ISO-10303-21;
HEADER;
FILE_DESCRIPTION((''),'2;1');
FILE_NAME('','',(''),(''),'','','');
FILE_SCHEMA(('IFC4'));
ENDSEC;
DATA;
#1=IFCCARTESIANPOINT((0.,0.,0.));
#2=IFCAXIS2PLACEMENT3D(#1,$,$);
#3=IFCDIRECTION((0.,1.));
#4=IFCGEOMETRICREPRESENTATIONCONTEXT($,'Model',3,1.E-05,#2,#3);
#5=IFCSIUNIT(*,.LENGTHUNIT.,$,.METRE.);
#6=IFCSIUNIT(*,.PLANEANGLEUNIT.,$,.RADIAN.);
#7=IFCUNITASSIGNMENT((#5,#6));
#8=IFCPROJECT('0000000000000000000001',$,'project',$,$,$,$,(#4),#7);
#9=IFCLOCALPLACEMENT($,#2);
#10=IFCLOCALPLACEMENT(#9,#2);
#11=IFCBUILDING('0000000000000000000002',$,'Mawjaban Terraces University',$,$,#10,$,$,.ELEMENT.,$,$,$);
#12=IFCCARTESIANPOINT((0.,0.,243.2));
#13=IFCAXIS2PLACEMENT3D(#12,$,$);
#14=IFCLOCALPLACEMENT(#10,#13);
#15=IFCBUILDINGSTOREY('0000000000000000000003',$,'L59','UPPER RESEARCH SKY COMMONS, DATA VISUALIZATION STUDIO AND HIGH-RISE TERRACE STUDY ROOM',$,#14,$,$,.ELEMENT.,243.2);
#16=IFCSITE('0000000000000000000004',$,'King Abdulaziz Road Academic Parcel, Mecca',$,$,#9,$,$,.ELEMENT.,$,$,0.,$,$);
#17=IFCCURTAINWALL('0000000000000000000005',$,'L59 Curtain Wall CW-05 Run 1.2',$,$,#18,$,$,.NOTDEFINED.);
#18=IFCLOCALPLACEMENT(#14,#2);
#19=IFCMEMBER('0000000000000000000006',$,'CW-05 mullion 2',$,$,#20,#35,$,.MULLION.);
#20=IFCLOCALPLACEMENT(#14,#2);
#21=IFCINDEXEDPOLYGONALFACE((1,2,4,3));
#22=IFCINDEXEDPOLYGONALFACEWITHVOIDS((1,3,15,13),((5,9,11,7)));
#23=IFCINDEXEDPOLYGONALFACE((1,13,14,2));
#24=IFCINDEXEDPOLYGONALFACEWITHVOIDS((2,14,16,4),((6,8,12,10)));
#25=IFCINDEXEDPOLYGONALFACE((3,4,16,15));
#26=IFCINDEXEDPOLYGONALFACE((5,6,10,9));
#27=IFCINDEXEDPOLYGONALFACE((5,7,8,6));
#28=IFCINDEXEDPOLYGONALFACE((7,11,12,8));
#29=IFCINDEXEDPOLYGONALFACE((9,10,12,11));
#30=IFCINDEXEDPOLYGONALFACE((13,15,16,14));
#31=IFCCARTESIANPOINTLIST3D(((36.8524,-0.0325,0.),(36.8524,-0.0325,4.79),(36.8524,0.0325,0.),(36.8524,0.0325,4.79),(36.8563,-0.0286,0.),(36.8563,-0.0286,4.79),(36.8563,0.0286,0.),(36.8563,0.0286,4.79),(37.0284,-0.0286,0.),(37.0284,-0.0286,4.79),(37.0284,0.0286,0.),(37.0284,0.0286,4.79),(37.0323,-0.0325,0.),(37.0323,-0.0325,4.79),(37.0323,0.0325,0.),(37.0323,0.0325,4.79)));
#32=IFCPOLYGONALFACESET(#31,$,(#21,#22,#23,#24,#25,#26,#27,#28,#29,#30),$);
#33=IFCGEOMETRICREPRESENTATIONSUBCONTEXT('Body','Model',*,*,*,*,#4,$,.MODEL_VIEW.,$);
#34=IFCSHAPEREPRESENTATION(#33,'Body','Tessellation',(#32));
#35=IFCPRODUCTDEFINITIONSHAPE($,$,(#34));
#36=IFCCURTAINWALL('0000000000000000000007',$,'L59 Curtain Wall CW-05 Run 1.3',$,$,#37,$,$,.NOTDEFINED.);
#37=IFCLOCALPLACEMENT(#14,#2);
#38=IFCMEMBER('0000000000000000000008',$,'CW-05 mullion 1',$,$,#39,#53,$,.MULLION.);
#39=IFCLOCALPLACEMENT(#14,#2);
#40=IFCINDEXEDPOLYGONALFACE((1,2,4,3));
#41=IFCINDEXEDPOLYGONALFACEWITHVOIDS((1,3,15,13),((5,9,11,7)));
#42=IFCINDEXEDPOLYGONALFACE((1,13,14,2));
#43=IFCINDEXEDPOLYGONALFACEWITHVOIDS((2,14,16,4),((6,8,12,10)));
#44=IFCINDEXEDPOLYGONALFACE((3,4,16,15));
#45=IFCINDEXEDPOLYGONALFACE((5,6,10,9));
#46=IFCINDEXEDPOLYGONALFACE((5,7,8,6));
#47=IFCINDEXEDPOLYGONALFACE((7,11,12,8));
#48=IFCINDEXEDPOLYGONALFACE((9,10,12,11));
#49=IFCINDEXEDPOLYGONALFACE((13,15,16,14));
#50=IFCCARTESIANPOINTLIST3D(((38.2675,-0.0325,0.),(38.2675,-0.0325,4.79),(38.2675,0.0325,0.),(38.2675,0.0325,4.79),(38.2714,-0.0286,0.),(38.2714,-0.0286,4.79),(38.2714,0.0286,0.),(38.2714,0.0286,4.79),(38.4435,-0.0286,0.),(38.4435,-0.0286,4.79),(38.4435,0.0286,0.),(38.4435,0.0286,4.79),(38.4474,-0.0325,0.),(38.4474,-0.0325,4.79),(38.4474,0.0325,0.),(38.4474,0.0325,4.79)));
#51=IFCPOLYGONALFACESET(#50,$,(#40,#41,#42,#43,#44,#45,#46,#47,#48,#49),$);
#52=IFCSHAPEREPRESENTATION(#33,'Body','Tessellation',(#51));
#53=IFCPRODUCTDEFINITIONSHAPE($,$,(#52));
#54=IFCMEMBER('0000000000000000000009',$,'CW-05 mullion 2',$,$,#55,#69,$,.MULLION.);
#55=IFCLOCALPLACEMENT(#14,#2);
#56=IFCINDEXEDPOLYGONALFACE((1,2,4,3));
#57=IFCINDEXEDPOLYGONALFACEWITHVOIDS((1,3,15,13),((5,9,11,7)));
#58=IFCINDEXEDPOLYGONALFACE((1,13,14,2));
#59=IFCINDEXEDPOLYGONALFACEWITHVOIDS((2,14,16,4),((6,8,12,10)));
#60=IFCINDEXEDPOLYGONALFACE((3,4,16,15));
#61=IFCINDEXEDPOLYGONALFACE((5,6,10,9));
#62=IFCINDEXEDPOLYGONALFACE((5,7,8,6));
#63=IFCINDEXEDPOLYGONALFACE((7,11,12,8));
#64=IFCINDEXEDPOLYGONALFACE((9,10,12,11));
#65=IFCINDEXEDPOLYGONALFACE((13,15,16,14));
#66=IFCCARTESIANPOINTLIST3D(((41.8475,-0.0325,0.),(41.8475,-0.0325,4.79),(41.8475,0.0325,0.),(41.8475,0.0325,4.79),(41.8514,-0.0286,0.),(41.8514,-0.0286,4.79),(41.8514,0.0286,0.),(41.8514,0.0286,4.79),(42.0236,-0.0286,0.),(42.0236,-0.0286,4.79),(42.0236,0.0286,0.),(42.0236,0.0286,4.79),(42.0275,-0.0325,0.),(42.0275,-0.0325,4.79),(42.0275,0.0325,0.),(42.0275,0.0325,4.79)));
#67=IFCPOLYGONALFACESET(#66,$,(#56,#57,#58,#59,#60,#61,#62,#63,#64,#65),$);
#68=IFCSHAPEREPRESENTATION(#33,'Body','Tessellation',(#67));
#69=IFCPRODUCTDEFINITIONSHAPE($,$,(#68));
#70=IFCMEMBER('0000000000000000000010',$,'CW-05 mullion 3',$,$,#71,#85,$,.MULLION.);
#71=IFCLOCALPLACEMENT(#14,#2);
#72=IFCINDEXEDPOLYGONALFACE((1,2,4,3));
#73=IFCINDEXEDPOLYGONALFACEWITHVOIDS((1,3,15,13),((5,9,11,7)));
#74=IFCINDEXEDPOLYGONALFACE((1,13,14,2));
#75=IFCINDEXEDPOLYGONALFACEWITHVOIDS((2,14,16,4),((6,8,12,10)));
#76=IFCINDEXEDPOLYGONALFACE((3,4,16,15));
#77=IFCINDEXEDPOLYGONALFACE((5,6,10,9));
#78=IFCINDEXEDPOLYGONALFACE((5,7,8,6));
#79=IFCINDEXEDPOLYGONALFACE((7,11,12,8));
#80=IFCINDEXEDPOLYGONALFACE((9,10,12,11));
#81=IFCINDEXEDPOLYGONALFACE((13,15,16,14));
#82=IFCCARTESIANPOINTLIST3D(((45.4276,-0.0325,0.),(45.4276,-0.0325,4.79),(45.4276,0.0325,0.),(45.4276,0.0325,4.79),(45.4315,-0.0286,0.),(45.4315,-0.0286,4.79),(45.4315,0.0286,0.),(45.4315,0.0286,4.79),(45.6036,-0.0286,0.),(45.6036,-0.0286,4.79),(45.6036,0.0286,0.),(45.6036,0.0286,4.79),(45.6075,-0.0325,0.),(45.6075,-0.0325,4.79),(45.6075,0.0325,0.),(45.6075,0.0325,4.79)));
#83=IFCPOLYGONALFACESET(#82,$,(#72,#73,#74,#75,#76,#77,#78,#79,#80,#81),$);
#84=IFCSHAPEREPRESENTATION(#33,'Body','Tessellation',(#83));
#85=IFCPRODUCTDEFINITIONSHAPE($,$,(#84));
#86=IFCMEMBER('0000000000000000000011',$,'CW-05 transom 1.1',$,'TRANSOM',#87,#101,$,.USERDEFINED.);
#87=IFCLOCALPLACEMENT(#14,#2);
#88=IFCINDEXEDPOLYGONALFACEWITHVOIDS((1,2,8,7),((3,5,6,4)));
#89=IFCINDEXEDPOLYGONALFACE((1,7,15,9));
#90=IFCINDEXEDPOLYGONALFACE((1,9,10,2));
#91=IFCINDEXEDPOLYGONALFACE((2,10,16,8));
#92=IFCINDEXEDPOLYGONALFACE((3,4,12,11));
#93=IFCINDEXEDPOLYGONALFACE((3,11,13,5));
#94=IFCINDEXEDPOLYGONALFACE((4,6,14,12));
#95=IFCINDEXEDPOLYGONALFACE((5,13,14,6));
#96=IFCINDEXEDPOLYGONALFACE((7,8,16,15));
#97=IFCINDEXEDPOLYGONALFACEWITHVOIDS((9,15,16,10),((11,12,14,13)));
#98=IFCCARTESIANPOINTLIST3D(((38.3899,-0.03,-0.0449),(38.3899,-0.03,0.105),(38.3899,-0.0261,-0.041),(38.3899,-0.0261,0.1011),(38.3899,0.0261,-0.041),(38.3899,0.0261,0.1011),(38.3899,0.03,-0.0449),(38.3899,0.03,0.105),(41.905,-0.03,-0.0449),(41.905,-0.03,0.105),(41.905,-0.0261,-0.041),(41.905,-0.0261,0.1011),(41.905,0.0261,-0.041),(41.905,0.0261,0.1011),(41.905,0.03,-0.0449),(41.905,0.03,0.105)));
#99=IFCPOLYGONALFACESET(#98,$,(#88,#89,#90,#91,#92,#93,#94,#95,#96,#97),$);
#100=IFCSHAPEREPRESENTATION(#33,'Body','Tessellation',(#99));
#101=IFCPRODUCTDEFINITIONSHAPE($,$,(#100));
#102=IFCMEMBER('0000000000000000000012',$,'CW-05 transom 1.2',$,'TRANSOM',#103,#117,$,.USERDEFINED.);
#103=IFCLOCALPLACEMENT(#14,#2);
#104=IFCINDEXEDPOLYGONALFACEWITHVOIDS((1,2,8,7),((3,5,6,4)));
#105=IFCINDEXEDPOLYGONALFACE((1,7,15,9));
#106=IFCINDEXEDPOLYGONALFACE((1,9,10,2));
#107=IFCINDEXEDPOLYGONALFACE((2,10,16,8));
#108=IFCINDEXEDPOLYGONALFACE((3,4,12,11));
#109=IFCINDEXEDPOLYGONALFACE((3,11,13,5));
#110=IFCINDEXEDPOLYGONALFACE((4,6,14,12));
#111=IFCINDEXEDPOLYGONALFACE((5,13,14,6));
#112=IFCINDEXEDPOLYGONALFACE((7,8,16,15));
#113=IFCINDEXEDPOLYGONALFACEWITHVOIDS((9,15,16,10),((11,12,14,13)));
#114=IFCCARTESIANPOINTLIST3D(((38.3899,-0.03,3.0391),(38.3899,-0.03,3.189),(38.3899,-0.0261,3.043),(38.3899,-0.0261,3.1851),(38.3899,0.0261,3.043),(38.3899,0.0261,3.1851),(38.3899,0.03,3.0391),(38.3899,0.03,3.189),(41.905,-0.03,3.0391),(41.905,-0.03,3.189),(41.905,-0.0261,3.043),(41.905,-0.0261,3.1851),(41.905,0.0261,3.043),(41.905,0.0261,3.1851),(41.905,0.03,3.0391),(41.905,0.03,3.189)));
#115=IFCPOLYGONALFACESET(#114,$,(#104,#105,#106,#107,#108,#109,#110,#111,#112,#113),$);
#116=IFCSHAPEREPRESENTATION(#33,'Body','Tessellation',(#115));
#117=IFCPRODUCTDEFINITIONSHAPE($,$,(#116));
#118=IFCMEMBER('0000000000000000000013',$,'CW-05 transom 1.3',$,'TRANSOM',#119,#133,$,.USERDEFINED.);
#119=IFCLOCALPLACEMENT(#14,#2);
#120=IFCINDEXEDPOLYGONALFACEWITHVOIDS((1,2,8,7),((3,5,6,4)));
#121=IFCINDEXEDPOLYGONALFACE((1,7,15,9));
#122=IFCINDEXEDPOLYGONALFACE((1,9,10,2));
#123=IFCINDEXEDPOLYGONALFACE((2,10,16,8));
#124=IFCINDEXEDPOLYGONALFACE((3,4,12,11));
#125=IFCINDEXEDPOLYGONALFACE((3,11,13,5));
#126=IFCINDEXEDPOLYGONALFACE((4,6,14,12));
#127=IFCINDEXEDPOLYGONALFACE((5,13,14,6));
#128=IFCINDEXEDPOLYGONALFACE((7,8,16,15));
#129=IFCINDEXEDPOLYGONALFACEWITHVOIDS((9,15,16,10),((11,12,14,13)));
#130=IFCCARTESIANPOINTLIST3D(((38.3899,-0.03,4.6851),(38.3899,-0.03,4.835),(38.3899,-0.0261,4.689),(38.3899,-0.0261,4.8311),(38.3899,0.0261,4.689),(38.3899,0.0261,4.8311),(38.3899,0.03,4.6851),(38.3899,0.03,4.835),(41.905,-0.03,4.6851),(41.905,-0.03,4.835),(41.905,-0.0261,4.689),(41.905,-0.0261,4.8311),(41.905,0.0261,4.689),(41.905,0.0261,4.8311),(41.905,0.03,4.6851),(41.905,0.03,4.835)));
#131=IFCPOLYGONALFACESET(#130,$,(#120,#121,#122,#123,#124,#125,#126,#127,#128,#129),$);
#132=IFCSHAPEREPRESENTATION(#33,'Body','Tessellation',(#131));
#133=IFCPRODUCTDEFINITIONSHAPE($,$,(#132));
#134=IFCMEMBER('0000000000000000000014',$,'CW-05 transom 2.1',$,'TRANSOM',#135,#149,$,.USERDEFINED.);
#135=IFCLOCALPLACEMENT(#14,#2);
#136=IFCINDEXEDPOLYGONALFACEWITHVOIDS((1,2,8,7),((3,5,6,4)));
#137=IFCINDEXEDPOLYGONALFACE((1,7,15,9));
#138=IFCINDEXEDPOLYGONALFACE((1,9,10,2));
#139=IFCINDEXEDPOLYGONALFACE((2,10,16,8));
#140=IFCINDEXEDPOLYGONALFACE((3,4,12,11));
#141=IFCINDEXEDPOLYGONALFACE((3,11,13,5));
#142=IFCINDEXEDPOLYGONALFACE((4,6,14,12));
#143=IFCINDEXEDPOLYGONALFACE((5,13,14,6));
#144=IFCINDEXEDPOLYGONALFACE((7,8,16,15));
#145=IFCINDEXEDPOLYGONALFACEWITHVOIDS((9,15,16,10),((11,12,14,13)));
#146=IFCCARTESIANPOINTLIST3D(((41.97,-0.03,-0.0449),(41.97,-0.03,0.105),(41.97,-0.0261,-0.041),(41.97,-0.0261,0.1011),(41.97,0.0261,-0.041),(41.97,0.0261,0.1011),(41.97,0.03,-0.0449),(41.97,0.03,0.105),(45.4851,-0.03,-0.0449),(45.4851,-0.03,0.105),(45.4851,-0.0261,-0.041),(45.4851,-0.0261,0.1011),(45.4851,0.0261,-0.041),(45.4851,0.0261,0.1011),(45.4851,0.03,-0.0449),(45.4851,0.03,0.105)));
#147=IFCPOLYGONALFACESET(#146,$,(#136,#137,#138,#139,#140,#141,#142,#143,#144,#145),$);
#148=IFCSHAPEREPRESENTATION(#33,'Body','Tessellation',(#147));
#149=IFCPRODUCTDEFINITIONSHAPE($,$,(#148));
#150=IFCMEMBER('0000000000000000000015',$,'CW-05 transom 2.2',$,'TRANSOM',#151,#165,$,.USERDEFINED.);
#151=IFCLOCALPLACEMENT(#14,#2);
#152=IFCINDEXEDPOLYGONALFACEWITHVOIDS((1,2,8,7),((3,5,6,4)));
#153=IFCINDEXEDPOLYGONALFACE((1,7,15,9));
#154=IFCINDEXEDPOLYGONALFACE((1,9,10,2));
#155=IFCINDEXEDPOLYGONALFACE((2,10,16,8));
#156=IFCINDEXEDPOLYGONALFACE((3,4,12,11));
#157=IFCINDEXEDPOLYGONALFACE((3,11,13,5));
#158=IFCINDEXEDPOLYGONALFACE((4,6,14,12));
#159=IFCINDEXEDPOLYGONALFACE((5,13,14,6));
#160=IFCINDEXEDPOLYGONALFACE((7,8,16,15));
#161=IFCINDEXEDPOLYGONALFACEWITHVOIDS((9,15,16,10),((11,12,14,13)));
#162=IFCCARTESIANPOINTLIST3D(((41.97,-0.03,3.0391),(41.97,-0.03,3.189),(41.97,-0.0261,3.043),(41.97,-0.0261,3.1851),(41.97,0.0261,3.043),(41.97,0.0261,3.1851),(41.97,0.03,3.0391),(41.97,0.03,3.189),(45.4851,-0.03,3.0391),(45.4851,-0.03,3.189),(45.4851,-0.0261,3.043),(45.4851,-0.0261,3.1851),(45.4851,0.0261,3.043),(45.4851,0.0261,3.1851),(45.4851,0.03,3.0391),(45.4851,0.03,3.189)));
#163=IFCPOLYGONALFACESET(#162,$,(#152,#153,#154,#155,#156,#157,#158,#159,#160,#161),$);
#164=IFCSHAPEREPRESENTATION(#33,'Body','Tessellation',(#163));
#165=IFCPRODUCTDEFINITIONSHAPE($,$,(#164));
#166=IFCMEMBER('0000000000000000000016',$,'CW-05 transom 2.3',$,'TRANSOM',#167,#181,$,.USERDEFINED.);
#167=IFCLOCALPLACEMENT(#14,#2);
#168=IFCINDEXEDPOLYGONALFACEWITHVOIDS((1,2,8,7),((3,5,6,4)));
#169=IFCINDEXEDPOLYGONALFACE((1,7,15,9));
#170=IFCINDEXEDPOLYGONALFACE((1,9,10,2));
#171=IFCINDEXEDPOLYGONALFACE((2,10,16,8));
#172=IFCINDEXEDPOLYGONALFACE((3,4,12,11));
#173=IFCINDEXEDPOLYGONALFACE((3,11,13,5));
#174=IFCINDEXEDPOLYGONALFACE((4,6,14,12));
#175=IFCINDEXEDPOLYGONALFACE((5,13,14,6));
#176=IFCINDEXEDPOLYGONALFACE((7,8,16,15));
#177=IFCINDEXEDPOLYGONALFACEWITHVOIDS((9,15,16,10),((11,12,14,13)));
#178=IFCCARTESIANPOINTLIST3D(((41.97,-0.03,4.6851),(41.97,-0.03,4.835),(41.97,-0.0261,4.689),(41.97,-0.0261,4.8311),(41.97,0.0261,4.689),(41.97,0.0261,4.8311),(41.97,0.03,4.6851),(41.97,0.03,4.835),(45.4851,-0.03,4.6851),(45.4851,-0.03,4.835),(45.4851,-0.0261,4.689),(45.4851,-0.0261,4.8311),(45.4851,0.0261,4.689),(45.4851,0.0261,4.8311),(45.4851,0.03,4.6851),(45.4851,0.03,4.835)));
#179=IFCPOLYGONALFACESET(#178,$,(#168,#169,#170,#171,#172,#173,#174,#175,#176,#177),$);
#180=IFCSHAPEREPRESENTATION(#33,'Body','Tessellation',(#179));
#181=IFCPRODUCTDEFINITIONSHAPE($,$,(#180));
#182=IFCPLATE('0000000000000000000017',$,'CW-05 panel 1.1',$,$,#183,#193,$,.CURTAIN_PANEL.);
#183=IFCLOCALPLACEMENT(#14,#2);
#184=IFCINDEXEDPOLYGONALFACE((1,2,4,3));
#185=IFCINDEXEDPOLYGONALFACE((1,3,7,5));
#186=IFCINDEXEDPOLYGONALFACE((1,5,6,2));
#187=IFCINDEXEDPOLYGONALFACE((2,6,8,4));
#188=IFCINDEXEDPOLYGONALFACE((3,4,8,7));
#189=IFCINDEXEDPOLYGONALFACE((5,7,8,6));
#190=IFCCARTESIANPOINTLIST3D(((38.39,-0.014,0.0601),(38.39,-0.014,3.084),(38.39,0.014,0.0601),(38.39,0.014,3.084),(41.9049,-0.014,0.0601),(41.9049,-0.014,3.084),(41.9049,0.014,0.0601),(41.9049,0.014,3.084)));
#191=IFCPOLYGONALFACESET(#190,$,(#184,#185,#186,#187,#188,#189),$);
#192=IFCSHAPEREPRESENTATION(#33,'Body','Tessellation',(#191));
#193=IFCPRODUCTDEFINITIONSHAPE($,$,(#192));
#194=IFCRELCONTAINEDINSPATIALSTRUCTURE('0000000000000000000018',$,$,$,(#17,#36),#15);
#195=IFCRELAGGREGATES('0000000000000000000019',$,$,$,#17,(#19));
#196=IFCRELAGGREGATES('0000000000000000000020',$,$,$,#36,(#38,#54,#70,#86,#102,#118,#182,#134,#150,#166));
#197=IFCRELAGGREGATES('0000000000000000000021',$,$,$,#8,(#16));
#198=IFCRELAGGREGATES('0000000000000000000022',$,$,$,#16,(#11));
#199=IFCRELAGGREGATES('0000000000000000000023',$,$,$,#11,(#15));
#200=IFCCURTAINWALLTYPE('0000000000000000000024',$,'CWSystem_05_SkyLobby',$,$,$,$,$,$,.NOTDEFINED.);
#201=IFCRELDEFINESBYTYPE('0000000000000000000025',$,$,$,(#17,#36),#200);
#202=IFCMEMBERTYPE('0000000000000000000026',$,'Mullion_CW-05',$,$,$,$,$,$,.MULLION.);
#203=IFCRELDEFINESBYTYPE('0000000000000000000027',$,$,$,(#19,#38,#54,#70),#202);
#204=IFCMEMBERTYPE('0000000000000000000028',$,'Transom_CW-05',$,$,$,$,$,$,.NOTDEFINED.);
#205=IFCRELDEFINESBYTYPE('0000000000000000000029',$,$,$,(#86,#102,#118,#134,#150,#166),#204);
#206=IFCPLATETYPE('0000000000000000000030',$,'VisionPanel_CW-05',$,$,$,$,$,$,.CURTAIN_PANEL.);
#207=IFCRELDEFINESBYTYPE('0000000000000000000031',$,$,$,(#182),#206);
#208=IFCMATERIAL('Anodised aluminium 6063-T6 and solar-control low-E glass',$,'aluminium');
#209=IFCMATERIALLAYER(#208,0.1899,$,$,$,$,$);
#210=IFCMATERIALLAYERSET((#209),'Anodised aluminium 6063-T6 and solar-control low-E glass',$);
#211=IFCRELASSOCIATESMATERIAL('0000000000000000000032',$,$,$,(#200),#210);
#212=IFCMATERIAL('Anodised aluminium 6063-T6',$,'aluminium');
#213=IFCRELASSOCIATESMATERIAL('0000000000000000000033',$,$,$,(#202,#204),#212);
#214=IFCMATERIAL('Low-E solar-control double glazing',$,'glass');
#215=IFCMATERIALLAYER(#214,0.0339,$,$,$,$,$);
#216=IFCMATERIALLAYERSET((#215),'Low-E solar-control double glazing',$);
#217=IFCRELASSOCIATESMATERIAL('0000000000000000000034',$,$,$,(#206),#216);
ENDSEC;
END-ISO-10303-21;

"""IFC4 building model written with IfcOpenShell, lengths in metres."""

from ifc_helpers import new_model, si_unit, direction, frame, origin, origin_2d, place, context, subcontext, project, spatial, rectangle, hollow_rectangle, extrude, material, layer, layer_set, material_profile, profile_set, type_object, element, aggregate, save


model = new_model("IFC4")

# Units and contexts
model_context = context("Model", 3, precision=1e-05, world=origin(), true_north=direction((0.0, 1.0)))
body_context = subcontext(model_context, "Body", "Model", "MODEL_VIEW")
ifc_project = project(units=[si_unit("LENGTHUNIT", "METRE"), si_unit("PLANEANGLEUNIT", "RADIAN")], contexts=[model_context])

# Site, building, storey
site_placement = place(None, origin())
site = spatial("IfcSite", under=ifc_project, at=site_placement, Name="King Abdulaziz Road Academic Parcel, Mecca", CompositionType="ELEMENT", RefElevation=0.0)
building_placement = place(site_placement, origin())
building = spatial("IfcBuilding", under=site, at=building_placement, Name="Mawjaban Terraces University", CompositionType="ELEMENT")
storey_placement = place(building_placement, frame((0.0, 0.0, 243.2)))
storey = spatial("IfcBuildingStorey", under=building, at=storey_placement, Name="L59", Description="UPPER RESEARCH SKY COMMONS, DATA VISUALIZATION STUDIO AND HIGH-RISE TERRACE STUDY ROOM", CompositionType="ELEMENT", Elevation=243.2)

# Curtain wall, member
ifc_material_1 = material(Name="Anodised aluminium 6063-T6 and solar-control low-E glass", Category="aluminium")
ifc_layer_1 = layer(ifc_material_1, 0.1899)
ifc_layer_set_1 = layer_set([ifc_layer_1], Name="Anodised aluminium 6063-T6 and solar-control low-E glass")
curtain_wall_type = type_object("IfcCurtainWallType", Name="CWSystem_05_SkyLobby", PredefinedType="NOTDEFINED", material=ifc_layer_set_1)
curtain_wall_1_placement = place(storey_placement, origin())
curtain_wall_1 = element("IfcCurtainWall", 1, at=curtain_wall_1_placement, inside=storey, type_object=curtain_wall_type, Name="L59 Curtain Wall CW-05 Run 1.2", PredefinedType="NOTDEFINED")
ifc_material_2 = material(Name="Anodised aluminium 6063-T6", Category="aluminium")
ifc_material_profile_1 = material_profile(ifc_material_2, hollow_rectangle(XDim=0.0649, YDim=0.1799, WallThickness=0.0039, at=origin_2d()), Name="ALU180X65X4")
ifc_profile_set_1 = profile_set([ifc_material_profile_1], Name="Anodised aluminium 6063-T6")
member_type_1 = type_object("IfcMemberType", Name="Mullion_CW-05", PredefinedType="MULLION", material=ifc_profile_set_1)
member_1_placement = place(storey_placement, frame((36.9424, 0.0, 0.0), z_axis=(0.0, 0.0, 1.0), x_axis=(0.0, 1.0, 0.0)))
member_1 = element("IfcMember", 2, at=member_1_placement, type_object=member_type_1, Name="CW-05 mullion 2", PredefinedType="MULLION", context=body_context, shape_type="SweptSolid", body=[
    extrude(hollow_rectangle(XDim=0.0649, YDim=0.1799, WallThickness=0.0039, at=origin_2d()), origin(), (0.0, 0.0, 1.0), 4.79),
])
aggregate(curtain_wall_1, [member_1])

# Curtain wall, members, plate
curtain_wall_2_placement = place(storey_placement, origin())
curtain_wall_2 = element("IfcCurtainWall", 3, at=curtain_wall_2_placement, inside=storey, type_object=curtain_wall_type, Name="L59 Curtain Wall CW-05 Run 1.3", PredefinedType="NOTDEFINED")
member_2_placement = place(storey_placement, frame((38.3574, 0.0, 0.0), z_axis=(0.0, 0.0, 1.0), x_axis=(0.0, 1.0, 0.0)))
member_2 = element("IfcMember", 4, at=member_2_placement, type_object=member_type_1, Name="CW-05 mullion 1", PredefinedType="MULLION", context=body_context, shape_type="SweptSolid", body=[
    extrude(hollow_rectangle(XDim=0.0649, YDim=0.1799, WallThickness=0.0039, at=origin_2d()), origin(), (0.0, 0.0, 1.0), 4.79),
])
member_3_placement = place(storey_placement, frame((41.9375, 0.0, 0.0), z_axis=(0.0, 0.0, 1.0), x_axis=(0.0, 1.0, 0.0)))
member_3 = element("IfcMember", 5, at=member_3_placement, type_object=member_type_1, Name="CW-05 mullion 2", PredefinedType="MULLION", context=body_context, shape_type="SweptSolid", body=[
    extrude(hollow_rectangle(XDim=0.0649, YDim=0.1799, WallThickness=0.0039, at=origin_2d()), origin(), (0.0, 0.0, 1.0), 4.79),
])
member_4_placement = place(storey_placement, frame((45.5176, 0.0, 0.0), z_axis=(0.0, 0.0, 1.0), x_axis=(0.0, 1.0, 0.0)))
member_4 = element("IfcMember", 6, at=member_4_placement, type_object=member_type_1, Name="CW-05 mullion 3", PredefinedType="MULLION", context=body_context, shape_type="SweptSolid", body=[
    extrude(hollow_rectangle(XDim=0.0649, YDim=0.1799, WallThickness=0.0039, at=origin_2d()), origin(), (0.0, 0.0, 1.0), 4.79),
])
ifc_material_profile_2 = material_profile(ifc_material_2, hollow_rectangle(XDim=0.0601, YDim=0.1499, WallThickness=0.0039, at=origin_2d()), Name="ALU150X60X4")
ifc_profile_set_2 = profile_set([ifc_material_profile_2], Name="Anodised aluminium 6063-T6")
member_type_2 = type_object("IfcMemberType", Name="Transom_CW-05", PredefinedType="NOTDEFINED", material=ifc_profile_set_2)
member_5_placement = place(storey_placement, frame((38.3899, 0.0, 0.03), z_axis=(1.0, 0.0, 0.0), x_axis=(0.0, 1.0, 0.0)))
member_5 = element("IfcMember", 7, at=member_5_placement, type_object=member_type_2, Name="CW-05 transom 1.1", ObjectType="TRANSOM", PredefinedType="USERDEFINED", context=body_context, shape_type="SweptSolid", body=[
    extrude(hollow_rectangle(XDim=0.0601, YDim=0.1499, WallThickness=0.0039, at=origin_2d()), origin(), (0.0, 0.0, 1.0), 3.5151),
])
member_6_placement = place(storey_placement, frame((38.3899, 0.0, 3.114), z_axis=(1.0, 0.0, 0.0), x_axis=(0.0, 1.0, 0.0)))
member_6 = element("IfcMember", 8, at=member_6_placement, type_object=member_type_2, Name="CW-05 transom 1.2", ObjectType="TRANSOM", PredefinedType="USERDEFINED", context=body_context, shape_type="SweptSolid", body=[
    extrude(hollow_rectangle(XDim=0.0601, YDim=0.1499, WallThickness=0.0039, at=origin_2d()), origin(), (0.0, 0.0, 1.0), 3.5151),
])
member_7_placement = place(storey_placement, frame((38.3899, 0.0, 4.76), z_axis=(1.0, 0.0, 0.0), x_axis=(0.0, 1.0, 0.0)))
member_7 = element("IfcMember", 9, at=member_7_placement, type_object=member_type_2, Name="CW-05 transom 1.3", ObjectType="TRANSOM", PredefinedType="USERDEFINED", context=body_context, shape_type="SweptSolid", body=[
    extrude(hollow_rectangle(XDim=0.0601, YDim=0.1499, WallThickness=0.0039, at=origin_2d()), origin(), (0.0, 0.0, 1.0), 3.5151),
])
member_8_placement = place(storey_placement, frame((41.97, 0.0, 0.03), z_axis=(1.0, 0.0, 0.0), x_axis=(0.0, 1.0, 0.0)))
member_8 = element("IfcMember", 10, at=member_8_placement, type_object=member_type_2, Name="CW-05 transom 2.1", ObjectType="TRANSOM", PredefinedType="USERDEFINED", context=body_context, shape_type="SweptSolid", body=[
    extrude(hollow_rectangle(XDim=0.0601, YDim=0.1499, WallThickness=0.0039, at=origin_2d()), origin(), (0.0, 0.0, 1.0), 3.5151),
])
member_9_placement = place(storey_placement, frame((41.97, 0.0, 3.114), z_axis=(1.0, 0.0, 0.0), x_axis=(0.0, 1.0, 0.0)))
member_9 = element("IfcMember", 11, at=member_9_placement, type_object=member_type_2, Name="CW-05 transom 2.2", ObjectType="TRANSOM", PredefinedType="USERDEFINED", context=body_context, shape_type="SweptSolid", body=[
    extrude(hollow_rectangle(XDim=0.0601, YDim=0.1499, WallThickness=0.0039, at=origin_2d()), origin(), (0.0, 0.0, 1.0), 3.5151),
])
member_10_placement = place(storey_placement, frame((41.97, 0.0, 4.76), z_axis=(1.0, 0.0, 0.0), x_axis=(0.0, 1.0, 0.0)))
member_10 = element("IfcMember", 12, at=member_10_placement, type_object=member_type_2, Name="CW-05 transom 2.3", ObjectType="TRANSOM", PredefinedType="USERDEFINED", context=body_context, shape_type="SweptSolid", body=[
    extrude(hollow_rectangle(XDim=0.0601, YDim=0.1499, WallThickness=0.0039, at=origin_2d()), origin(), (0.0, 0.0, 1.0), 3.5151),
])
ifc_material_3 = material(Name="Low-E solar-control double glazing", Category="glass")
ifc_layer_2 = layer(ifc_material_3, 0.0339)
ifc_layer_set_2 = layer_set([ifc_layer_2], Name="Low-E solar-control double glazing")
plate_type = type_object("IfcPlateType", Name="VisionPanel_CW-05", PredefinedType="CURTAIN_PANEL", material=ifc_layer_set_2)
plate_1_placement = place(storey_placement, frame((40.1475, 0.0, 0.0601), z_axis=(0.0, 0.0, 1.0), x_axis=(1.0, 0.0, 0.0)))
plate_1 = element("IfcPlate", 13, at=plate_1_placement, type_object=plate_type, Name="CW-05 panel 1.1", PredefinedType="CURTAIN_PANEL", context=body_context, shape_type="SweptSolid", body=[
    extrude(rectangle(XDim=3.5149, YDim=0.0281, at=origin_2d()), origin(), (0.0, 0.0, 1.0), 3.0239),
])
aggregate(curtain_wall_2, [member_2, member_3, member_4, member_5, member_6, member_7, plate_1, member_8, member_9, member_10])

save(model, "model.ifc")
